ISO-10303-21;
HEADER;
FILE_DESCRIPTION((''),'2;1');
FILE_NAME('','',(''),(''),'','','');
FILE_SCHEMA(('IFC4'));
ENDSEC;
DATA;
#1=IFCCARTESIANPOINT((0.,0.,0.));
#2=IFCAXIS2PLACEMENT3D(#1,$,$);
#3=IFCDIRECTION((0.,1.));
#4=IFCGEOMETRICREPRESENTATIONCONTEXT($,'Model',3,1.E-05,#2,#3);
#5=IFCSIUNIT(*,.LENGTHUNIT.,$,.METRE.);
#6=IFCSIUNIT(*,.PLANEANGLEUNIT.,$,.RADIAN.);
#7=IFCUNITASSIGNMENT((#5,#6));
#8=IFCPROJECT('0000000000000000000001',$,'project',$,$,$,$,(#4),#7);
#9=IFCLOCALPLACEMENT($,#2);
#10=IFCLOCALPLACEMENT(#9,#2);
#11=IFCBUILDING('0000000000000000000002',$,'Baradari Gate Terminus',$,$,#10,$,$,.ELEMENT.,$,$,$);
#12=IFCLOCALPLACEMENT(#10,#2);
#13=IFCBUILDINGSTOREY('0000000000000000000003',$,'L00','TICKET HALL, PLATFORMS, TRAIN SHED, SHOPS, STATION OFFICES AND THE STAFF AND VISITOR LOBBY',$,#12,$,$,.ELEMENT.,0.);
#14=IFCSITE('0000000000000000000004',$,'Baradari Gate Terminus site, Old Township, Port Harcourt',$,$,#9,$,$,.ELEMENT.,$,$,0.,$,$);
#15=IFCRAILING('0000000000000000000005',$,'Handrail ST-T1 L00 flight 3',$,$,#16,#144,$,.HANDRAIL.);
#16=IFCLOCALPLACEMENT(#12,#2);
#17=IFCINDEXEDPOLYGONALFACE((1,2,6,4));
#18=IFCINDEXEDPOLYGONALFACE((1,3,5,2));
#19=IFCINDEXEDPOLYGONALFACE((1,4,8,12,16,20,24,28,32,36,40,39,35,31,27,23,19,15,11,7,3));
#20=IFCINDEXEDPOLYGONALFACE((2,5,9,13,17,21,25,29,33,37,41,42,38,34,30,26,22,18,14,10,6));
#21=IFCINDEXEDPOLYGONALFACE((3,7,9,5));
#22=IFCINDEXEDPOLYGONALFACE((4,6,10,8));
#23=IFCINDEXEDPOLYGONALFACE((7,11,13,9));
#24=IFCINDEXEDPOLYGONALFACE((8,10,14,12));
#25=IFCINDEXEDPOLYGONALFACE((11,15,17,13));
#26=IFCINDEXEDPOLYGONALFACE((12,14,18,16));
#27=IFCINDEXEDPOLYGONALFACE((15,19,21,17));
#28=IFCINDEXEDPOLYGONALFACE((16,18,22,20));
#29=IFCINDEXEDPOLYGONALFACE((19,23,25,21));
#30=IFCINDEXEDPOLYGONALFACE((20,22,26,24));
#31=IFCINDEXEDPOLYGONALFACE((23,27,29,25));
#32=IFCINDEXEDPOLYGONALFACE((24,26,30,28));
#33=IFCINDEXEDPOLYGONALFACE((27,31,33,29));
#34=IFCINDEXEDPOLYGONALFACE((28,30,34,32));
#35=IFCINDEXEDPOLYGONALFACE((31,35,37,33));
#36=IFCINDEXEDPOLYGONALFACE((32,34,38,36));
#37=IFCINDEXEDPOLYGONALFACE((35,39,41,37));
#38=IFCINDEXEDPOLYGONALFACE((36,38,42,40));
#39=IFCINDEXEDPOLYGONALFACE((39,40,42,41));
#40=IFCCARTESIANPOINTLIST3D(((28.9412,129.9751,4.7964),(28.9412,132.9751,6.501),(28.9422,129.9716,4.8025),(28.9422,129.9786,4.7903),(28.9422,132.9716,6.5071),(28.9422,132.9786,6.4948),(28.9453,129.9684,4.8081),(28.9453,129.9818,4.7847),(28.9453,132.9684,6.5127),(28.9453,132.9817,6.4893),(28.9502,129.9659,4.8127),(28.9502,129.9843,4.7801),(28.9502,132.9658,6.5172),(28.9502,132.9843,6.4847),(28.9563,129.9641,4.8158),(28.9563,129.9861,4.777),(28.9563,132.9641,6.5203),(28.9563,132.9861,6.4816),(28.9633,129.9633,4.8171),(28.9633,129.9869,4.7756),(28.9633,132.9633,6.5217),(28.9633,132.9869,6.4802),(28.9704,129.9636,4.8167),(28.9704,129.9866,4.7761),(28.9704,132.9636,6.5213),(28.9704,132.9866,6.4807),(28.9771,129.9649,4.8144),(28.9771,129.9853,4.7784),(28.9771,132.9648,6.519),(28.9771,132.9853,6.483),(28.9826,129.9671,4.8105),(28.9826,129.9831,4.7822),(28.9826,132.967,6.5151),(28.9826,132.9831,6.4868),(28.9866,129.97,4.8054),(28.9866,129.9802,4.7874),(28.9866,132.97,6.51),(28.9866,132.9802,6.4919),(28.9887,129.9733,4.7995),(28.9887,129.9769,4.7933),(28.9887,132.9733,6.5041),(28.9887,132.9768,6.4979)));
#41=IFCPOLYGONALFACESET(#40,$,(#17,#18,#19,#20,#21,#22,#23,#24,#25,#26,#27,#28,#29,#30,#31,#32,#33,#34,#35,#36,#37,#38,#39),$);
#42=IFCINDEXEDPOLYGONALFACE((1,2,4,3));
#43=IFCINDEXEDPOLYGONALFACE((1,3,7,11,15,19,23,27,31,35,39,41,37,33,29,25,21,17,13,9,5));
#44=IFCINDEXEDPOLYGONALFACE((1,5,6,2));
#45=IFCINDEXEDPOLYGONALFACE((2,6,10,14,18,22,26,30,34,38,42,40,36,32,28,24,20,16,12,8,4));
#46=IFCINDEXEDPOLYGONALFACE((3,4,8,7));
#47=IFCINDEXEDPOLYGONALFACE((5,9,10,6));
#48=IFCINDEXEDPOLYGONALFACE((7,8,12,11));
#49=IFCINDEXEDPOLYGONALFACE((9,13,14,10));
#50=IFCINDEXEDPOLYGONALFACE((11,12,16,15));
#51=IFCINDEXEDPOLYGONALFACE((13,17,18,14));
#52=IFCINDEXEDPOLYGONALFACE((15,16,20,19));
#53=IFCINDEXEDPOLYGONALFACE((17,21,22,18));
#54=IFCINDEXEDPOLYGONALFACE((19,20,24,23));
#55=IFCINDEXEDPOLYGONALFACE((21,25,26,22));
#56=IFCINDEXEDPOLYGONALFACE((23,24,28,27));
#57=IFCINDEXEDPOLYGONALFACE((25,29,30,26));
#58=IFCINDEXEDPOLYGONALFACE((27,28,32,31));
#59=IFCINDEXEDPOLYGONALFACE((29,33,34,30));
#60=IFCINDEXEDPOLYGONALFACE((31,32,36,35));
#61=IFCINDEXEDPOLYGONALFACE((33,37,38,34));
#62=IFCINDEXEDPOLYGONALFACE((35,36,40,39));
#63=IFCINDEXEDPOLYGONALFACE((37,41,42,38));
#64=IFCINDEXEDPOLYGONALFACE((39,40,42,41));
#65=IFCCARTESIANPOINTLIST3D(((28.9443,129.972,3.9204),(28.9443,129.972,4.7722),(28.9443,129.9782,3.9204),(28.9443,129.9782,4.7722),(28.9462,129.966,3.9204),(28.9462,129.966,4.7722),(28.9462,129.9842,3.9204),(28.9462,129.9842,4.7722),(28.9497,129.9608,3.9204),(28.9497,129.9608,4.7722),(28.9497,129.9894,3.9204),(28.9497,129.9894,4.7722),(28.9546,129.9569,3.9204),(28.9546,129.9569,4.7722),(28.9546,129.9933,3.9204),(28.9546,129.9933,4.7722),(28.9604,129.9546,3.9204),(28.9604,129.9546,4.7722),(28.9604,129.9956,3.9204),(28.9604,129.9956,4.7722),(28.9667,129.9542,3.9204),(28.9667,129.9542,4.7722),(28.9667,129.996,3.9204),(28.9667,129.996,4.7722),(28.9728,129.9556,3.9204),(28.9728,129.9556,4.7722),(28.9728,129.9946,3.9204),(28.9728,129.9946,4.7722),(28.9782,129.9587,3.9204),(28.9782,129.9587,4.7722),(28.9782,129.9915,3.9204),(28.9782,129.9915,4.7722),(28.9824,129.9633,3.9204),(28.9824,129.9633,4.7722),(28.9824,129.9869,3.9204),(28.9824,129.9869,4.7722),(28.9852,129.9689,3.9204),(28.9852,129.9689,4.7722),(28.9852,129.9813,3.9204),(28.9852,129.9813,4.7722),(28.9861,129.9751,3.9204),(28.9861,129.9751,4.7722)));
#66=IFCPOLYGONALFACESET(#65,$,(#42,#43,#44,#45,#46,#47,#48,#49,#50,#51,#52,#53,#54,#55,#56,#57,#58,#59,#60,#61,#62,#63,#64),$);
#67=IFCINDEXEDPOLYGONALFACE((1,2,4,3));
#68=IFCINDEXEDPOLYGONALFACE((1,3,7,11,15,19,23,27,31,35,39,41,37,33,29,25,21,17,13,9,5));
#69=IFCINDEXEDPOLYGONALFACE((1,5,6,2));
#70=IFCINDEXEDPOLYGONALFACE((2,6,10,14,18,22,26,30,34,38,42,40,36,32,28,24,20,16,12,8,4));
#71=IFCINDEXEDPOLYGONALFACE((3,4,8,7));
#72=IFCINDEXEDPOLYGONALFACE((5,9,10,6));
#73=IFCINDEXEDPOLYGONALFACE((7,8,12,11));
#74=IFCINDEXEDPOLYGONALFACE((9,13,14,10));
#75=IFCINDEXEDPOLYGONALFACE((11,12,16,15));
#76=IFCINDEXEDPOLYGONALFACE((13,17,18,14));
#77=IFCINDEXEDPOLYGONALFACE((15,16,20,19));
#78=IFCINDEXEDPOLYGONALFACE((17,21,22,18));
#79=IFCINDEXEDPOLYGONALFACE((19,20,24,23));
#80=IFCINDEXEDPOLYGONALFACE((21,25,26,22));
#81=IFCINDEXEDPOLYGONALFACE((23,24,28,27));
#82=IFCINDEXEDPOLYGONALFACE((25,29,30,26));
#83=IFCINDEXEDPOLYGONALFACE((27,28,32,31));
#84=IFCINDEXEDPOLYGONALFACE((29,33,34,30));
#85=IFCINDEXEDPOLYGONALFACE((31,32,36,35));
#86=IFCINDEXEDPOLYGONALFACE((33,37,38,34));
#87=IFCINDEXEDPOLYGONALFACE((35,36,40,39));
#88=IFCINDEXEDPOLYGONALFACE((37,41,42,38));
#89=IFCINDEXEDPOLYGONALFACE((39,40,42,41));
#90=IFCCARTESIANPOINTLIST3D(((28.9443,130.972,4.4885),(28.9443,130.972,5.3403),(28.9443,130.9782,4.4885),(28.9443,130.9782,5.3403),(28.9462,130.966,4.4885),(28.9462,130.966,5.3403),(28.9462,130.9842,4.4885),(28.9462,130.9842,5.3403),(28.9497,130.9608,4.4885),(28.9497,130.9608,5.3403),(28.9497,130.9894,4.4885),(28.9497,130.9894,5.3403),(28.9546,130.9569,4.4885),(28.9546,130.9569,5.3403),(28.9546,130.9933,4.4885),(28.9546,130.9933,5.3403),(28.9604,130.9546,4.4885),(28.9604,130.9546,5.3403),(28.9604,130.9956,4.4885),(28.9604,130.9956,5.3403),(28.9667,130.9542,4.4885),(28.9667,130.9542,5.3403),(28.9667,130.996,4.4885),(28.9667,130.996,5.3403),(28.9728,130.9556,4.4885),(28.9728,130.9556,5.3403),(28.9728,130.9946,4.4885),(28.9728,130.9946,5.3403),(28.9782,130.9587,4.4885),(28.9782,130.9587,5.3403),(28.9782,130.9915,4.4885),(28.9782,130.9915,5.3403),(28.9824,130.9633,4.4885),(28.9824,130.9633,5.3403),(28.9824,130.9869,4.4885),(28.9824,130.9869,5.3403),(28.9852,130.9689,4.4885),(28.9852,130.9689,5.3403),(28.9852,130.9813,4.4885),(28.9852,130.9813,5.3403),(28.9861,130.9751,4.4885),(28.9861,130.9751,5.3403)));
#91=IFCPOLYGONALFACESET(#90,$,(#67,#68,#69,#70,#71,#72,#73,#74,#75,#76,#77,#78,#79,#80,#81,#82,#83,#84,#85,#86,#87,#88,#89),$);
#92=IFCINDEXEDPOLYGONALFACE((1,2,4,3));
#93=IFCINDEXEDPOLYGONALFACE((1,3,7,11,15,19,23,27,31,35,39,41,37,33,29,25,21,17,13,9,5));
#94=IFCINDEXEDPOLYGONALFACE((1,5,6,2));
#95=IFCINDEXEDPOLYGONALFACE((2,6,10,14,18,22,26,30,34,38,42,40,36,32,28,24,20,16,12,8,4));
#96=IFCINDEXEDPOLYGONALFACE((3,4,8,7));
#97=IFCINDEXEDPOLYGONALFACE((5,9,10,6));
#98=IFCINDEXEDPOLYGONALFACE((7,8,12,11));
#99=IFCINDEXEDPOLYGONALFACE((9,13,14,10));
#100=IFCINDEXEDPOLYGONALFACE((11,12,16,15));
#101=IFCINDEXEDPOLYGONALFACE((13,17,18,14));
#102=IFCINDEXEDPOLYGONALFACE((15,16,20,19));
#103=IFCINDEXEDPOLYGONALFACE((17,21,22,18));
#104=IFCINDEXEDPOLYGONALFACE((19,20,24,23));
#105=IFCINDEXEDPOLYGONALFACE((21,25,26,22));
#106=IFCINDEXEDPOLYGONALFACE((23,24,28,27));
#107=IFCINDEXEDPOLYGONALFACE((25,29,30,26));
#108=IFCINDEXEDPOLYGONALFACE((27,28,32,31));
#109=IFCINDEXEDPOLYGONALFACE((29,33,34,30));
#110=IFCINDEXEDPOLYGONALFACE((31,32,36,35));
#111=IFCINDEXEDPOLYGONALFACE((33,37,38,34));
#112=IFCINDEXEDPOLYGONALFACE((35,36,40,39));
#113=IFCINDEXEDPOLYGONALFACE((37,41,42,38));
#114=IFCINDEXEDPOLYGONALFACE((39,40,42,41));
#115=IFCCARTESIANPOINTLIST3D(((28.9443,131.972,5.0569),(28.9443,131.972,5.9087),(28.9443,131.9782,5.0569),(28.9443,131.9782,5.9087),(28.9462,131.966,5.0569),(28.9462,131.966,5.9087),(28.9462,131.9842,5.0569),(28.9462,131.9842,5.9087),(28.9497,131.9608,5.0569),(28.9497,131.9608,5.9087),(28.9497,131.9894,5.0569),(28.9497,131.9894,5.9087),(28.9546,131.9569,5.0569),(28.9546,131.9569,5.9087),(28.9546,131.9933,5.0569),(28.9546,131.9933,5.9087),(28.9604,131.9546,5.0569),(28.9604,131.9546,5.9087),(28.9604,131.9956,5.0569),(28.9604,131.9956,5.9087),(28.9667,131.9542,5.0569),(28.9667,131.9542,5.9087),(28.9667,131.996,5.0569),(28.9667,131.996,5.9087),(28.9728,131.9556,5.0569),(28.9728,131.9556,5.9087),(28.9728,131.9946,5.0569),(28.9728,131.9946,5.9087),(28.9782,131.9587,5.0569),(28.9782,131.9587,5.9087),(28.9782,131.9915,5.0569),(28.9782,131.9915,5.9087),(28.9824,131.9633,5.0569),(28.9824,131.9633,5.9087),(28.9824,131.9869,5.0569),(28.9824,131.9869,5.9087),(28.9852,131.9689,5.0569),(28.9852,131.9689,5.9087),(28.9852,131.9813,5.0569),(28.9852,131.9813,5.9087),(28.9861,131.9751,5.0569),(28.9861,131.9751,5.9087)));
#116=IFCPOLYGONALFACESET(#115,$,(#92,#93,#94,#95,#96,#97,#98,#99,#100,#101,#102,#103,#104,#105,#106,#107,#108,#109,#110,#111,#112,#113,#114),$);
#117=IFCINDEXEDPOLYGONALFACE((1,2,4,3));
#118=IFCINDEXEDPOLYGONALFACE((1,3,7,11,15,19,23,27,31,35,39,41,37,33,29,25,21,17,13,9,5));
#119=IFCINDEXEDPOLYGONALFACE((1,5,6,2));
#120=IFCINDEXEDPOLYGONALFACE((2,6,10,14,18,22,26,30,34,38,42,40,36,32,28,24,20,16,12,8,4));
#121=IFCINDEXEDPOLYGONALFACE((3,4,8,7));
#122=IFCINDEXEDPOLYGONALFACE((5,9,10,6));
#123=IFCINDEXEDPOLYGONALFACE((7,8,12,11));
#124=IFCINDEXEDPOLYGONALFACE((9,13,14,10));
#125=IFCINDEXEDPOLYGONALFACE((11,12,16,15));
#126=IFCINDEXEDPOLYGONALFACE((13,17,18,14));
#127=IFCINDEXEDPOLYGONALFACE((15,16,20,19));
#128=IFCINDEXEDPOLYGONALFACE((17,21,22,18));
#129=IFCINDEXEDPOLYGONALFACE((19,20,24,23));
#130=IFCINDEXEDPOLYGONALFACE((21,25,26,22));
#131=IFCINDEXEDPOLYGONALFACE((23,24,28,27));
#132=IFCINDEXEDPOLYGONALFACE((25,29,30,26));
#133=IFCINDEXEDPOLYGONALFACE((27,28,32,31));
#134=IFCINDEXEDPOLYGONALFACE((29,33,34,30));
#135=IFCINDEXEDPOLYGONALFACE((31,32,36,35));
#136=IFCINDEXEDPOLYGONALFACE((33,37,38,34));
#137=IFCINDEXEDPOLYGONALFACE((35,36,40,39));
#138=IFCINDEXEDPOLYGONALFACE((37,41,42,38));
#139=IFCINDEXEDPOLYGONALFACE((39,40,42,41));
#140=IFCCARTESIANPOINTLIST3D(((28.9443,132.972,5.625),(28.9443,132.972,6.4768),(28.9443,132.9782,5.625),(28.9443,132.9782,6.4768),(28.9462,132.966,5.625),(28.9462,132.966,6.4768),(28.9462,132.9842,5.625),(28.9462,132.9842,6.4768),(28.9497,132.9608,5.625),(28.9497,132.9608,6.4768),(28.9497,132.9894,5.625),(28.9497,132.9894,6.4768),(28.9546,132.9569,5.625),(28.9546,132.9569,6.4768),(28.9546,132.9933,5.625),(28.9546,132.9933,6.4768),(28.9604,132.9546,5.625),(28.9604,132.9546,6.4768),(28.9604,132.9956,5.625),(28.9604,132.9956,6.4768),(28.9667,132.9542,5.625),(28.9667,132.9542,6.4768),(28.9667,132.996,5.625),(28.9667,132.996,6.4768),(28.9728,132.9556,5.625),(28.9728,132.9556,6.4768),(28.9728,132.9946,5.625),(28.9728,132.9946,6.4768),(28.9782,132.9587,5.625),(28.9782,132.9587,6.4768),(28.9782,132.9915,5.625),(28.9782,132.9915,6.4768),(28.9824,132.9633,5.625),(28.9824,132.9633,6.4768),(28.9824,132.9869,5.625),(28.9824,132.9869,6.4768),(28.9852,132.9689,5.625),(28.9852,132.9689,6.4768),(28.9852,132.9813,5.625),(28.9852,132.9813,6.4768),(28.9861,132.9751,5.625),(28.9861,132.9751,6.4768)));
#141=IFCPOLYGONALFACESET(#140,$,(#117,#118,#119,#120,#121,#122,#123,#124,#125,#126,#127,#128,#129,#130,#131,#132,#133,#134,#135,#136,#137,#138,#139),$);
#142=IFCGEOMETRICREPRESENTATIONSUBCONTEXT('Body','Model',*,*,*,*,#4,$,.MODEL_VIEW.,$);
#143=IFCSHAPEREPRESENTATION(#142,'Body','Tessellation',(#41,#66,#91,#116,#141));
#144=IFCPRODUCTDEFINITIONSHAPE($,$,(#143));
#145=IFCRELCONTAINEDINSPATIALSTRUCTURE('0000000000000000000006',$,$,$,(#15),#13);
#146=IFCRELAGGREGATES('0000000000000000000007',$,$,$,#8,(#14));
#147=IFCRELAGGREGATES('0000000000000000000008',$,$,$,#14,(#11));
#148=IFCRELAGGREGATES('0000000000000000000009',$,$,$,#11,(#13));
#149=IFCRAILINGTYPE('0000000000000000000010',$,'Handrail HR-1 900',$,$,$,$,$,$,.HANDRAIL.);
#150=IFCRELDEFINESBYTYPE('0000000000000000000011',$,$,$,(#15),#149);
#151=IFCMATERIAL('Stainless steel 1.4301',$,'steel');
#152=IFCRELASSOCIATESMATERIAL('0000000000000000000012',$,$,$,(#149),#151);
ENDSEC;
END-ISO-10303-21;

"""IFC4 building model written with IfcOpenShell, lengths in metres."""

from ifc_helpers import new_model, si_unit, direction, frame, origin, origin_2d, place, context, subcontext, project, spatial, circle, extrude, material, type_object, element, save


model = new_model("IFC4")

# Units and contexts
model_context = context("Model", 3, precision=1e-05, world=origin(), true_north=direction((0.0, 1.0)))
body_context = subcontext(model_context, "Body", "Model", "MODEL_VIEW")
ifc_project = project(units=[si_unit("LENGTHUNIT", "METRE"), si_unit("PLANEANGLEUNIT", "RADIAN")], contexts=[model_context])

# Site, building, storey
site_placement = place(None, origin())
site = spatial("IfcSite", under=ifc_project, at=site_placement, Name="Baradari Gate Terminus site, Old Township, Port Harcourt", CompositionType="ELEMENT", RefElevation=0.0)
building_placement = place(site_placement, origin())
building = spatial("IfcBuilding", under=site, at=building_placement, Name="Baradari Gate Terminus", CompositionType="ELEMENT")
storey_placement = place(building_placement, origin())
storey = spatial("IfcBuildingStorey", under=building, at=storey_placement, Name="L00", Description="TICKET HALL, PLATFORMS, TRAIN SHED, SHOPS, STATION OFFICES AND THE STAFF AND VISITOR LOBBY", CompositionType="ELEMENT", Elevation=0.0)

# Railing
ifc_material_1 = material(Name="Stainless steel 1.4301", Category="steel")
railing_type_1 = type_object("IfcRailingType", Name="Handrail HR-1 900", PredefinedType="HANDRAIL", material=ifc_material_1)
for number, where, name in (
    (1, (28.9651, 129.9751, 3.9204), "Handrail ST-T1 L00 flight 3"),
):
    element("IfcRailing", number, at=place(storey_placement, frame(where)), inside=storey, type_object=railing_type_1, Name=name, PredefinedType="HANDRAIL", context=body_context, shape_type="SweptSolid", body=[
        extrude(circle(Radius=0.0239, at=origin_2d()), frame((0.0, 0.0, 0.876), z_axis=(0.0, 0.869451, 0.494019), x_axis=(-1.0, 0.0, 0.0)), (0.0, 0.0, 1.0), 3.4504),
        extrude(circle(Radius=0.021, at=origin_2d()), origin(), (0.0, 0.0, 1.0), 0.8518),
        extrude(circle(Radius=0.021, at=origin_2d()), frame((0.0, 1.0, 0.5681)), (0.0, 0.0, 1.0), 0.8518),
        extrude(circle(Radius=0.021, at=origin_2d()), frame((0.0, 2.0, 1.1365)), (0.0, 0.0, 1.0), 0.8518),
        extrude(circle(Radius=0.021, at=origin_2d()), frame((0.0, 3.0, 1.7046)), (0.0, 0.0, 1.0), 0.8518),
    ])

save(model, "model.ifc")
